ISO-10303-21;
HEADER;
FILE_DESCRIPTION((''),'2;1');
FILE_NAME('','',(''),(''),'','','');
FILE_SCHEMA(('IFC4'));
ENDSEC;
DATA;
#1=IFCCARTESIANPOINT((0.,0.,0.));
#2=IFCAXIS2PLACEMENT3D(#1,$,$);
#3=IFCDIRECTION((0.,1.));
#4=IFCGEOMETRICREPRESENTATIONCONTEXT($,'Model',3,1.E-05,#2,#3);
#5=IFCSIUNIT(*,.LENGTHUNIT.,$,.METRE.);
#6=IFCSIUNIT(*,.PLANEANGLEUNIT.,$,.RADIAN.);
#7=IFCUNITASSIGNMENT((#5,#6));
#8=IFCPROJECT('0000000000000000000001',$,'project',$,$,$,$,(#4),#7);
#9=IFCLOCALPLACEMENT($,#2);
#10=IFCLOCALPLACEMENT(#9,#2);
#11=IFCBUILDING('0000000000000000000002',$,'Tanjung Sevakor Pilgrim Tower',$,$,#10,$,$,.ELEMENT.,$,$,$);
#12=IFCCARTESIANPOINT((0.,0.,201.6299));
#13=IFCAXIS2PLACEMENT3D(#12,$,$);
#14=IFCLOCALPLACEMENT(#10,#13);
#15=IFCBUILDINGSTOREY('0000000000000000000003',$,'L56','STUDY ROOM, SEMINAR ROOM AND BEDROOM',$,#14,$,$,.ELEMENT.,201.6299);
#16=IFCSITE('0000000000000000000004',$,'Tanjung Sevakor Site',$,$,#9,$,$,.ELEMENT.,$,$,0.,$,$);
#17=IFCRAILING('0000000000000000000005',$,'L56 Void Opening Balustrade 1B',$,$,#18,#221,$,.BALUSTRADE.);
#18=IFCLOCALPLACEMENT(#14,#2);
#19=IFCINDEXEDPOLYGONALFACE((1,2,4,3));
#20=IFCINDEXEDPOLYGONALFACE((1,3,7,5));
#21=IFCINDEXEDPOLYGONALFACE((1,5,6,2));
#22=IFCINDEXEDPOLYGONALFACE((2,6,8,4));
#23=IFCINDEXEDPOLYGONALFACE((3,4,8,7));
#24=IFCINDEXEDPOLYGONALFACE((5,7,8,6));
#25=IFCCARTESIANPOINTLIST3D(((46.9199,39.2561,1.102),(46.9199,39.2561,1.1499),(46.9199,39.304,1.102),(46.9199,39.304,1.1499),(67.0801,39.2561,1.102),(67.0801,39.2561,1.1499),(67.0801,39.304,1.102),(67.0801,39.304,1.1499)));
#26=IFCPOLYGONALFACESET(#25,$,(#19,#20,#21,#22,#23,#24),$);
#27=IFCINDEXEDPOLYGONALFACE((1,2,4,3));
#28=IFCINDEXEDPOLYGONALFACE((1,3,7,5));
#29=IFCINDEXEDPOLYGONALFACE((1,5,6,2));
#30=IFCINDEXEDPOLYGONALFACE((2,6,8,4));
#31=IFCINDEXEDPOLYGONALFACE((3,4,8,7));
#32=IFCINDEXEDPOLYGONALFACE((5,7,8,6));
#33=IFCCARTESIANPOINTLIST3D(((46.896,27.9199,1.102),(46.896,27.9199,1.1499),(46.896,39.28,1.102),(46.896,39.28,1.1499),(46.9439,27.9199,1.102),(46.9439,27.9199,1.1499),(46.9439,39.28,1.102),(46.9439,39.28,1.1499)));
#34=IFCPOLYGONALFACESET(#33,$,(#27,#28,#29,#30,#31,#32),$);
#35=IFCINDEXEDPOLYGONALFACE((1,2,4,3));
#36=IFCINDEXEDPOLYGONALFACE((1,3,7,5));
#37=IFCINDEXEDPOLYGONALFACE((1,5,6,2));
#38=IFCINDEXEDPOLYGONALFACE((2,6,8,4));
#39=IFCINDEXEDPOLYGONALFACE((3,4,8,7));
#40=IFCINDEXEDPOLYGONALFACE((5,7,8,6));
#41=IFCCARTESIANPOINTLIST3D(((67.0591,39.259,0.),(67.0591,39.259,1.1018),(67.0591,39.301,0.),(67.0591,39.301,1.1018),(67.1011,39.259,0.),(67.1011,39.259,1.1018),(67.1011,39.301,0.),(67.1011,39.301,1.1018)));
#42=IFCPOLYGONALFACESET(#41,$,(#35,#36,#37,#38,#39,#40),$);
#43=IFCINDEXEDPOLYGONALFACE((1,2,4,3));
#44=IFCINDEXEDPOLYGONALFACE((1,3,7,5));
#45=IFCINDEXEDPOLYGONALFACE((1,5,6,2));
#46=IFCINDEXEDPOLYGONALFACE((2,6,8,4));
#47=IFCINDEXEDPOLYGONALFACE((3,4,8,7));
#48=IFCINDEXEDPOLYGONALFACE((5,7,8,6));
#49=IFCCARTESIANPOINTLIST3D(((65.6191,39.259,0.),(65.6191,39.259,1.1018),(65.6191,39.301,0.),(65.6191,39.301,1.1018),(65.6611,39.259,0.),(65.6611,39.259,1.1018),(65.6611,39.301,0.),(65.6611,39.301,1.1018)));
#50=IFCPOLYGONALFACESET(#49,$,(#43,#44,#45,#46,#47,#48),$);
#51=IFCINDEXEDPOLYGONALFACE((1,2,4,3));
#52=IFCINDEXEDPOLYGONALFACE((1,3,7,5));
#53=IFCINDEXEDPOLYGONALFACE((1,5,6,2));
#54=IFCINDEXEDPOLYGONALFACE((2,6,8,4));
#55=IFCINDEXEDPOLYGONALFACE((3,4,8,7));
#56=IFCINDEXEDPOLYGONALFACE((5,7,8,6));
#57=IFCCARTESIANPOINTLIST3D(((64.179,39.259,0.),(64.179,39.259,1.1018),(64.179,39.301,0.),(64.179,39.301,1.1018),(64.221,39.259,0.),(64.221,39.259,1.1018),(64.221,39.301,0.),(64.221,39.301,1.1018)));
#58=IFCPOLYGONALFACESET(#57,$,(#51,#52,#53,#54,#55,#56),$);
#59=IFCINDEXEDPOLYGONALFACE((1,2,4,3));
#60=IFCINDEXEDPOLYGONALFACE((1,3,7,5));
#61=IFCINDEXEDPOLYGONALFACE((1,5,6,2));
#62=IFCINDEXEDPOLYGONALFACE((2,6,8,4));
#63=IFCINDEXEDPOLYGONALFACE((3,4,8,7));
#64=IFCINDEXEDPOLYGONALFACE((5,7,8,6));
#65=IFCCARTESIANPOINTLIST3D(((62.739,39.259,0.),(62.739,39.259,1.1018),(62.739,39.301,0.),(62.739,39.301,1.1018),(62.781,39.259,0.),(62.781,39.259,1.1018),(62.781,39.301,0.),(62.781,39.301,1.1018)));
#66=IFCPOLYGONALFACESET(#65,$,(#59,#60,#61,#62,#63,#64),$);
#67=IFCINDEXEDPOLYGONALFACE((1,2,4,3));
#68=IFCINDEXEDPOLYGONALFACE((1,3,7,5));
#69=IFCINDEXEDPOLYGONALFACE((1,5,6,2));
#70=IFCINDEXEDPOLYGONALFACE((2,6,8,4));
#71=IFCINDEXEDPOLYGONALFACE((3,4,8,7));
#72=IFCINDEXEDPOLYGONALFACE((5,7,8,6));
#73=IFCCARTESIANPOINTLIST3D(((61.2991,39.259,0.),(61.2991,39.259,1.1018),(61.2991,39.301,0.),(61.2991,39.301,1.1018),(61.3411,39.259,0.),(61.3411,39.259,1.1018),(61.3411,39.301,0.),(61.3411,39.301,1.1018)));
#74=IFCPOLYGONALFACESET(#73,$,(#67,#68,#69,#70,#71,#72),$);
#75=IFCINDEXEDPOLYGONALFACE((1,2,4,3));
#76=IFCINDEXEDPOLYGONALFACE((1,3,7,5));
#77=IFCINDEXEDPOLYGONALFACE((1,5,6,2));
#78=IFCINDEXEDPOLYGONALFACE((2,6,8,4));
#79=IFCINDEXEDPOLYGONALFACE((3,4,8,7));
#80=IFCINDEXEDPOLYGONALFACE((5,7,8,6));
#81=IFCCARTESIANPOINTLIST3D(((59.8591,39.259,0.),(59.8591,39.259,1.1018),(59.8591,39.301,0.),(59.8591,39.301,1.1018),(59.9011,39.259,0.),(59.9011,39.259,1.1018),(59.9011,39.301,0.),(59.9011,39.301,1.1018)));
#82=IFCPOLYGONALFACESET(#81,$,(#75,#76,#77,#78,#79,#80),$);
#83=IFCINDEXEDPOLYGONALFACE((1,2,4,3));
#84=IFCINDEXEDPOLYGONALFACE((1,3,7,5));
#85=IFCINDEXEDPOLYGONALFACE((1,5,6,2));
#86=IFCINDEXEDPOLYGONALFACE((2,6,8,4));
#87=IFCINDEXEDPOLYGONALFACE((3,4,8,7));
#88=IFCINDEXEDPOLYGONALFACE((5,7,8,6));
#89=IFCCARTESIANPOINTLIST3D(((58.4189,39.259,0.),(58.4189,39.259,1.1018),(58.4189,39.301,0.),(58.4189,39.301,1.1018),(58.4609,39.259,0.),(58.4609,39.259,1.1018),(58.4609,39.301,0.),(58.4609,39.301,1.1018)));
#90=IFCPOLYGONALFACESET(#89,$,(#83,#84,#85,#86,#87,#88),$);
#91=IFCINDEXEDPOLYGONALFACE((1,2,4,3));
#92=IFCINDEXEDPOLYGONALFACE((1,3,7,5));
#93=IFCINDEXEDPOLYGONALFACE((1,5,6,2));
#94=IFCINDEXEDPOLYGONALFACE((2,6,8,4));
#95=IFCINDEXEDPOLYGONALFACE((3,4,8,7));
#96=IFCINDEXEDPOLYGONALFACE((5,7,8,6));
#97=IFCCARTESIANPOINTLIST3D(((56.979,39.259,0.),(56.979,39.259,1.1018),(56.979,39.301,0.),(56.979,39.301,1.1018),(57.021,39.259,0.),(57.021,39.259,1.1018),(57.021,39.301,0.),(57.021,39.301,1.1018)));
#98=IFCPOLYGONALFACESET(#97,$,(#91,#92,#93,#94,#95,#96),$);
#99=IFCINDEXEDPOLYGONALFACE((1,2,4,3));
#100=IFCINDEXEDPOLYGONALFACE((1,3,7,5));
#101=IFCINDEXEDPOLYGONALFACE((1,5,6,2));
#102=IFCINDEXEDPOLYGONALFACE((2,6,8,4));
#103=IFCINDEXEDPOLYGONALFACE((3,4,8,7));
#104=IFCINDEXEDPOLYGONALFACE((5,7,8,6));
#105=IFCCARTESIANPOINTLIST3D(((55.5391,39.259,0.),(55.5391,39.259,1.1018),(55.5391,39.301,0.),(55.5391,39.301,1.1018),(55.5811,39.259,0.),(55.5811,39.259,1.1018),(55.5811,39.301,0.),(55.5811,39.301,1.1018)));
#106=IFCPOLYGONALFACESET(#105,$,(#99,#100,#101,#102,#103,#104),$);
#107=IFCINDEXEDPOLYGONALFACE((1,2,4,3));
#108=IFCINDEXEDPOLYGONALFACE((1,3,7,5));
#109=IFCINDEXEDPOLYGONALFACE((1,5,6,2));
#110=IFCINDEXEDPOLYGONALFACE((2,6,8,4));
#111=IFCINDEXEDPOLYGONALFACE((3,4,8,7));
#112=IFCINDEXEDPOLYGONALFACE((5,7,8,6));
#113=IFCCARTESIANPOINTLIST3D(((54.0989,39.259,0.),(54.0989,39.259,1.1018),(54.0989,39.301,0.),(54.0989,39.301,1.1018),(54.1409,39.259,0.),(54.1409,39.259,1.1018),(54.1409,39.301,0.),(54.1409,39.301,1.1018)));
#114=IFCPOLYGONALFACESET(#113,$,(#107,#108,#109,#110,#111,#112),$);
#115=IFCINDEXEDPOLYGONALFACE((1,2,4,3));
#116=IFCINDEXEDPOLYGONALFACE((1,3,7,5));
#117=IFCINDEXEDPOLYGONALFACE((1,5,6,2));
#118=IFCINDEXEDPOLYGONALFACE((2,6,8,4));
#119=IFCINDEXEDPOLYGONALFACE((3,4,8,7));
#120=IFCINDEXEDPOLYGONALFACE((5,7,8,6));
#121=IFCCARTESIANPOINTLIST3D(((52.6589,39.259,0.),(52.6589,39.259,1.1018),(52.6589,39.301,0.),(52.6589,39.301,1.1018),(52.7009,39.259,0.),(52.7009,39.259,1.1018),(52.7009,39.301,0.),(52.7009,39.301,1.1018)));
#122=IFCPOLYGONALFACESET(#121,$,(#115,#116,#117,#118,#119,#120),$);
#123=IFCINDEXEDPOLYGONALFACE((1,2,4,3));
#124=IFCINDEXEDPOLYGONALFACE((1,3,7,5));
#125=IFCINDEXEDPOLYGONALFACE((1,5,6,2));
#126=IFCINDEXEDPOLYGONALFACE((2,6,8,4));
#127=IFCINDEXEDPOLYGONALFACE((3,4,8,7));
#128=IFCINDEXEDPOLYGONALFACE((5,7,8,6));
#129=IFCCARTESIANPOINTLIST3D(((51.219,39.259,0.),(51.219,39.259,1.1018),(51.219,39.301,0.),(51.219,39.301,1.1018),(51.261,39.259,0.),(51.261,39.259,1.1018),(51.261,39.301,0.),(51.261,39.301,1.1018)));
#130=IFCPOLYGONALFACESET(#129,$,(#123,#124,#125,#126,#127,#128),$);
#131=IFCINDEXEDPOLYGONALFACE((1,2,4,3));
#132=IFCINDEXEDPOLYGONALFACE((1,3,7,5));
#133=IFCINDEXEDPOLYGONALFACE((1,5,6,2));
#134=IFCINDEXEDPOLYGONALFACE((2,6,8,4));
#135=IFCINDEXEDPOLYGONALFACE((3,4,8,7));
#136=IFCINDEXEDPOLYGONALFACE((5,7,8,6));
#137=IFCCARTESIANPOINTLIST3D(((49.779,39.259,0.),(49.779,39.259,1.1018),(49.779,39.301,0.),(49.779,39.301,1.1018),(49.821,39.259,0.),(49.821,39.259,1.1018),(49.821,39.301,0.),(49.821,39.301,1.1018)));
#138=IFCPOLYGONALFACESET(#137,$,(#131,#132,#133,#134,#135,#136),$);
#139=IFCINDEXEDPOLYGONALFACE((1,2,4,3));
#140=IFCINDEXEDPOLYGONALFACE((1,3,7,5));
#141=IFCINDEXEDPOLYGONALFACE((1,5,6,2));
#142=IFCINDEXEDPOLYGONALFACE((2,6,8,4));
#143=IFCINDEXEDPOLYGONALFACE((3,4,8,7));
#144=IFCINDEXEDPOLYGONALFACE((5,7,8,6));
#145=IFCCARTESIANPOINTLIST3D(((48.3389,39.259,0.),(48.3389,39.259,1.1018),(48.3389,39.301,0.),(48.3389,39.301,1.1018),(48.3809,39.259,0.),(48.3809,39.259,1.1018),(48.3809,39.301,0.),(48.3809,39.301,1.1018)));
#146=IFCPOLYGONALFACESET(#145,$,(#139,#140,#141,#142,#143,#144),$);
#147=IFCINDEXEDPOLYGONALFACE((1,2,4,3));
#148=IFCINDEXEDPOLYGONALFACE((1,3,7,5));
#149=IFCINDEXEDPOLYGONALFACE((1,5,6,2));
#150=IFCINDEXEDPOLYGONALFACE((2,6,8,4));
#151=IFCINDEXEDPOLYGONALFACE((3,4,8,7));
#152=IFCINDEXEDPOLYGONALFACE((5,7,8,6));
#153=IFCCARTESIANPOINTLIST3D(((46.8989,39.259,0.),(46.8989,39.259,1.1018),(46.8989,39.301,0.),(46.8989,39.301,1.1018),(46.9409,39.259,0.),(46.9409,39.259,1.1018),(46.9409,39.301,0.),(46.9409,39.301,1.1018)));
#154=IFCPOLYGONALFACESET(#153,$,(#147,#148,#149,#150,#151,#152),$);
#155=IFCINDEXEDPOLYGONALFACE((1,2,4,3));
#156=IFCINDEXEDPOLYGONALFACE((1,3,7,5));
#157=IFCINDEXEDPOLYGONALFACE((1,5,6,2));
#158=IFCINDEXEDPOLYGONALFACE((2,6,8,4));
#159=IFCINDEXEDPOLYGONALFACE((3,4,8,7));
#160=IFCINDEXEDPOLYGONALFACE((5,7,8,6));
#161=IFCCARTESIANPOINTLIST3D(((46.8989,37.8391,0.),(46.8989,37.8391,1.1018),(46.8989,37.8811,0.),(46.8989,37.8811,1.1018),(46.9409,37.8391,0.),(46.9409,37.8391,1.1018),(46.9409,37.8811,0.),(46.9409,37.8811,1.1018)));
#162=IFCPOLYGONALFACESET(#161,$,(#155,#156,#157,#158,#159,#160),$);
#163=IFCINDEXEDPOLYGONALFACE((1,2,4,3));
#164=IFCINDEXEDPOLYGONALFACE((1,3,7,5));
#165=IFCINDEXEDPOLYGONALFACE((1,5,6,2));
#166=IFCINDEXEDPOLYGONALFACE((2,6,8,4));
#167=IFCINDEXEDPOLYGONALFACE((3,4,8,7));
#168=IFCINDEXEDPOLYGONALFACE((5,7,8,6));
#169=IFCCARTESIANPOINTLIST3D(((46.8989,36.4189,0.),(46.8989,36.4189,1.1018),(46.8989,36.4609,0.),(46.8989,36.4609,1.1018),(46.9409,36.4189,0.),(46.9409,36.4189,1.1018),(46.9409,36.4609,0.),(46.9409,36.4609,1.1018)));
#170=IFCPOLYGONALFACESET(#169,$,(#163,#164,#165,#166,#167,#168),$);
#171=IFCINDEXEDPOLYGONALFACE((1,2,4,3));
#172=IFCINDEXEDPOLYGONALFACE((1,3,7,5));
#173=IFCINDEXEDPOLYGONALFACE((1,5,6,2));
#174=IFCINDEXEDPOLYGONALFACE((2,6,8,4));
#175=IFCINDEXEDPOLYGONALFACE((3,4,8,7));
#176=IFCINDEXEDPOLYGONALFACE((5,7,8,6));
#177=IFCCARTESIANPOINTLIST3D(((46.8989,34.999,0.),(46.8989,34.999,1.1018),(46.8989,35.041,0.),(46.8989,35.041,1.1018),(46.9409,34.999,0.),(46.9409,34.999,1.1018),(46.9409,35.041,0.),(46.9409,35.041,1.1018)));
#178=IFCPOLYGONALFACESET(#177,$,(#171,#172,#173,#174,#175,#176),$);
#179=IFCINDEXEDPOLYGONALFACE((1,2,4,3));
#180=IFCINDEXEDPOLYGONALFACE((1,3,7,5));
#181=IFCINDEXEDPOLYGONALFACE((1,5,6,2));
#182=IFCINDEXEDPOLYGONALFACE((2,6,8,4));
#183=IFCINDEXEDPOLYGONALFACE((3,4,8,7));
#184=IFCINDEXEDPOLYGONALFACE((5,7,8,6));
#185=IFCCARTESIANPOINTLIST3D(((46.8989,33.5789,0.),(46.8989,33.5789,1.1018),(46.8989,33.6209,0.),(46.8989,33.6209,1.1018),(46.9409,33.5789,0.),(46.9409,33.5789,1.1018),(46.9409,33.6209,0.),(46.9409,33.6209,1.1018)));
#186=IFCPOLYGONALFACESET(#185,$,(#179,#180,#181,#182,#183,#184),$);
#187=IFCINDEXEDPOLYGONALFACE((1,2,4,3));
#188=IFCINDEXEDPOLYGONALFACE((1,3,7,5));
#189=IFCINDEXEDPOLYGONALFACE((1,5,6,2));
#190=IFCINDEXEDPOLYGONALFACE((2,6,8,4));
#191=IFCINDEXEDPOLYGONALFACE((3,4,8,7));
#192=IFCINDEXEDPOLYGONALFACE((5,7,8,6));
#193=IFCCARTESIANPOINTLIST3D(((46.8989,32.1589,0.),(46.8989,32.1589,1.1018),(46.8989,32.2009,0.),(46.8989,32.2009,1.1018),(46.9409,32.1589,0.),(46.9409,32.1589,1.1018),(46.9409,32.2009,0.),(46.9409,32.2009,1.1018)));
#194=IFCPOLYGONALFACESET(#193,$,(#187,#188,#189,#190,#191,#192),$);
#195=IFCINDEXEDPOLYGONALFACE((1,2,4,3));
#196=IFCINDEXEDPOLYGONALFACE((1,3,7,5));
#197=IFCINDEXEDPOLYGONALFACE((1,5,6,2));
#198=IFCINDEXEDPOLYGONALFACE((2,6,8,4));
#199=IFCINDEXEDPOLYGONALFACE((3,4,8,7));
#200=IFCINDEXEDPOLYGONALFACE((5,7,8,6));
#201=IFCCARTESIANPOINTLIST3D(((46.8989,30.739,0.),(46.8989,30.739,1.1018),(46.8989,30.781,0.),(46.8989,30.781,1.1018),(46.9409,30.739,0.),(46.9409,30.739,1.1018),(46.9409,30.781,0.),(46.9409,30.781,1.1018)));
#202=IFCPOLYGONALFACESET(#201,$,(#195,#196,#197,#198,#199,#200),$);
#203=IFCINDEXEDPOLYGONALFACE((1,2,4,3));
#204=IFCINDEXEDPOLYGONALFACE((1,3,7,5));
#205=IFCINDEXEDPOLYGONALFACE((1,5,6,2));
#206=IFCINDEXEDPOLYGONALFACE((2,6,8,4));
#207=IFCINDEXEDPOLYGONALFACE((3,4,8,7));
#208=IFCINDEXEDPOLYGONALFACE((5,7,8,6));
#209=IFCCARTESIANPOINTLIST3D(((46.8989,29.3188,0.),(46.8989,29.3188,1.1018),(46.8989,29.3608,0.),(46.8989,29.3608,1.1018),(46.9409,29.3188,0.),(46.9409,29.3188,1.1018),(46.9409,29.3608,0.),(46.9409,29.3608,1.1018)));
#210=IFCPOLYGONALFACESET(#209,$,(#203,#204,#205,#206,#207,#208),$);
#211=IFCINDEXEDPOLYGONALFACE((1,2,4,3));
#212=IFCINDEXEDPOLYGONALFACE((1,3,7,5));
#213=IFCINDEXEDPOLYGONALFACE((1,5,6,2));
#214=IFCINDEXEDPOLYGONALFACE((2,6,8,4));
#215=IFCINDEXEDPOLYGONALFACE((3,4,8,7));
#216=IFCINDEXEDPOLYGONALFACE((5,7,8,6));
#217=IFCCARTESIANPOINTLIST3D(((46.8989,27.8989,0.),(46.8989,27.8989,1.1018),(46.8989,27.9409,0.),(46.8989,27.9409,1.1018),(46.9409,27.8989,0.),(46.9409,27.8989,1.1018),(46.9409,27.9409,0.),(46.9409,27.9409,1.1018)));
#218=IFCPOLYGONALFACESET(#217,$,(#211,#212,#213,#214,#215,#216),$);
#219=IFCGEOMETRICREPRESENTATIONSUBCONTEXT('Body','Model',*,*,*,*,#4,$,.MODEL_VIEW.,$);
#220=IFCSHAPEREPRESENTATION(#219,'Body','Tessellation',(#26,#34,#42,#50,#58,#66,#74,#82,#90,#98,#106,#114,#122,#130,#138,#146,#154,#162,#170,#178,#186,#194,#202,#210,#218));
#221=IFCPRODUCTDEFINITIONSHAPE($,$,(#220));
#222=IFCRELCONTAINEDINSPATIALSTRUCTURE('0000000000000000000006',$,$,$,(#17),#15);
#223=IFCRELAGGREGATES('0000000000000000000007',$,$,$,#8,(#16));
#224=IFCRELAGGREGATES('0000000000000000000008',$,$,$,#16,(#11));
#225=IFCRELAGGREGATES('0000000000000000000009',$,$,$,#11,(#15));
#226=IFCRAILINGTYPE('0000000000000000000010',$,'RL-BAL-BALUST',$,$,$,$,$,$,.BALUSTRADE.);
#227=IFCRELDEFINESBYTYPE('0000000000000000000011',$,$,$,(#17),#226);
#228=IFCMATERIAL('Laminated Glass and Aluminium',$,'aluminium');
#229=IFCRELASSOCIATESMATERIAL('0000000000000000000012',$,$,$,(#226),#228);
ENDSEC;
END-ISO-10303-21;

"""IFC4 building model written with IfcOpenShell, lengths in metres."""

from ifc_helpers import new_model, si_unit, direction, frame, origin, place, context, subcontext, project, spatial, rectangle, extrude, material, type_object, element, save


model = new_model("IFC4")

# Units and contexts
model_context = context("Model", 3, precision=1e-05, world=origin(), true_north=direction((0.0, 1.0)))
body_context = subcontext(model_context, "Body", "Model", "MODEL_VIEW")
ifc_project = project(units=[si_unit("LENGTHUNIT", "METRE"), si_unit("PLANEANGLEUNIT", "RADIAN")], contexts=[model_context])

# Site, building, storey
site_placement = place(None, origin())
site = spatial("IfcSite", under=ifc_project, at=site_placement, Name="Tanjung Sevakor Site", CompositionType="ELEMENT", RefElevation=0.0)
building_placement = place(site_placement, origin())
building = spatial("IfcBuilding", under=site, at=building_placement, Name="Tanjung Sevakor Pilgrim Tower", CompositionType="ELEMENT")
storey_placement = place(building_placement, frame((0.0, 0.0, 201.6299)))
storey = spatial("IfcBuildingStorey", under=building, at=storey_placement, Name="L56", Description="STUDY ROOM, SEMINAR ROOM AND BEDROOM", CompositionType="ELEMENT", Elevation=201.6299)

# Railing
ifc_material_1 = material(Name="Laminated Glass and Aluminium", Category="aluminium")
railing_type = type_object("IfcRailingType", Name="RL-BAL-BALUST", PredefinedType="BALUSTRADE", material=ifc_material_1)
railing_1_placement = place(storey_placement, frame((67.0801, 39.28, 0.0)))
element("IfcRailing", 1, at=railing_1_placement, inside=storey, type_object=railing_type, Name="L56 Void Opening Balustrade 1B", PredefinedType="BALUSTRADE", context=body_context, shape_type="SweptSolid", body=[
    extrude(rectangle(XDim=0.0479, YDim=0.0479), frame((0.0, 0.0, 1.126), z_axis=(-1.0, 0.0, 0.0), x_axis=(0.0, -1.0, 0.0)), (0.0, 0.0, 1.0), 20.1602),
    extrude(rectangle(XDim=0.0479, YDim=0.0479), frame((-20.1602, 0.0, 1.126), z_axis=(0.0, -1.0, 0.0), x_axis=(1.0, 0.0, 0.0)), (0.0, 0.0, 1.0), 11.3601),
    extrude(rectangle(XDim=0.042, YDim=0.042), origin(), (0.0, 0.0, 1.0), 1.1018),
    extrude(rectangle(XDim=0.042, YDim=0.042), frame((-1.4399, 0.0, 0.0)), (0.0, 0.0, 1.0), 1.1018),
    extrude(rectangle(XDim=0.042, YDim=0.042), frame((-2.8801, 0.0, 0.0)), (0.0, 0.0, 1.0), 1.1018),
    extrude(rectangle(XDim=0.042, YDim=0.042), frame((-4.3201, 0.0, 0.0)), (0.0, 0.0, 1.0), 1.1018),
    extrude(rectangle(XDim=0.042, YDim=0.042), frame((-5.76, 0.0, 0.0)), (0.0, 0.0, 1.0), 1.1018),
    extrude(rectangle(XDim=0.042, YDim=0.042), frame((-7.2, 0.0, 0.0)), (0.0, 0.0, 1.0), 1.1018),
    extrude(rectangle(XDim=0.042, YDim=0.042), frame((-8.6401, 0.0, 0.0)), (0.0, 0.0, 1.0), 1.1018),
    extrude(rectangle(XDim=0.042, YDim=0.042), frame((-10.0801, 0.0, 0.0)), (0.0, 0.0, 1.0), 1.1018),
    extrude(rectangle(XDim=0.042, YDim=0.042), frame((-11.52, 0.0, 0.0)), (0.0, 0.0, 1.0), 1.1018),
    extrude(rectangle(XDim=0.042, YDim=0.042), frame((-12.9602, 0.0, 0.0)), (0.0, 0.0, 1.0), 1.1018),
    extrude(rectangle(XDim=0.042, YDim=0.042), frame((-14.4001, 0.0, 0.0)), (0.0, 0.0, 1.0), 1.1018),
    extrude(rectangle(XDim=0.042, YDim=0.042), frame((-15.8401, 0.0, 0.0)), (0.0, 0.0, 1.0), 1.1018),
    extrude(rectangle(XDim=0.042, YDim=0.042), frame((-17.28, 0.0, 0.0)), (0.0, 0.0, 1.0), 1.1018),
    extrude(rectangle(XDim=0.042, YDim=0.042), frame((-18.7202, 0.0, 0.0)), (0.0, 0.0, 1.0), 1.1018),
    extrude(rectangle(XDim=0.042, YDim=0.042), frame((-20.1602, 0.0, 0.0)), (0.0, 0.0, 1.0), 1.1018),
    extrude(rectangle(XDim=0.042, YDim=0.042), frame((-20.1602, -1.4199, 0.0)), (0.0, 0.0, 1.0), 1.1018),
    extrude(rectangle(XDim=0.042, YDim=0.042), frame((-20.1602, -2.8401, 0.0)), (0.0, 0.0, 1.0), 1.1018),
    extrude(rectangle(XDim=0.042, YDim=0.042), frame((-20.1602, -4.26, 0.0)), (0.0, 0.0, 1.0), 1.1018),
    extrude(rectangle(XDim=0.042, YDim=0.042), frame((-20.1602, -5.6802, 0.0)), (0.0, 0.0, 1.0), 1.1018),
    extrude(rectangle(XDim=0.042, YDim=0.042), frame((-20.1602, -7.1001, 0.0)), (0.0, 0.0, 1.0), 1.1018),
    extrude(rectangle(XDim=0.042, YDim=0.042), frame((-20.1602, -8.52, 0.0)), (0.0, 0.0, 1.0), 1.1018),
    extrude(rectangle(XDim=0.042, YDim=0.042), frame((-20.1602, -9.9402, 0.0)), (0.0, 0.0, 1.0), 1.1018),
    extrude(rectangle(XDim=0.042, YDim=0.042), frame((-20.1602, -11.3601, 0.0)), (0.0, 0.0, 1.0), 1.1018),
])

save(model, "model.ifc")
